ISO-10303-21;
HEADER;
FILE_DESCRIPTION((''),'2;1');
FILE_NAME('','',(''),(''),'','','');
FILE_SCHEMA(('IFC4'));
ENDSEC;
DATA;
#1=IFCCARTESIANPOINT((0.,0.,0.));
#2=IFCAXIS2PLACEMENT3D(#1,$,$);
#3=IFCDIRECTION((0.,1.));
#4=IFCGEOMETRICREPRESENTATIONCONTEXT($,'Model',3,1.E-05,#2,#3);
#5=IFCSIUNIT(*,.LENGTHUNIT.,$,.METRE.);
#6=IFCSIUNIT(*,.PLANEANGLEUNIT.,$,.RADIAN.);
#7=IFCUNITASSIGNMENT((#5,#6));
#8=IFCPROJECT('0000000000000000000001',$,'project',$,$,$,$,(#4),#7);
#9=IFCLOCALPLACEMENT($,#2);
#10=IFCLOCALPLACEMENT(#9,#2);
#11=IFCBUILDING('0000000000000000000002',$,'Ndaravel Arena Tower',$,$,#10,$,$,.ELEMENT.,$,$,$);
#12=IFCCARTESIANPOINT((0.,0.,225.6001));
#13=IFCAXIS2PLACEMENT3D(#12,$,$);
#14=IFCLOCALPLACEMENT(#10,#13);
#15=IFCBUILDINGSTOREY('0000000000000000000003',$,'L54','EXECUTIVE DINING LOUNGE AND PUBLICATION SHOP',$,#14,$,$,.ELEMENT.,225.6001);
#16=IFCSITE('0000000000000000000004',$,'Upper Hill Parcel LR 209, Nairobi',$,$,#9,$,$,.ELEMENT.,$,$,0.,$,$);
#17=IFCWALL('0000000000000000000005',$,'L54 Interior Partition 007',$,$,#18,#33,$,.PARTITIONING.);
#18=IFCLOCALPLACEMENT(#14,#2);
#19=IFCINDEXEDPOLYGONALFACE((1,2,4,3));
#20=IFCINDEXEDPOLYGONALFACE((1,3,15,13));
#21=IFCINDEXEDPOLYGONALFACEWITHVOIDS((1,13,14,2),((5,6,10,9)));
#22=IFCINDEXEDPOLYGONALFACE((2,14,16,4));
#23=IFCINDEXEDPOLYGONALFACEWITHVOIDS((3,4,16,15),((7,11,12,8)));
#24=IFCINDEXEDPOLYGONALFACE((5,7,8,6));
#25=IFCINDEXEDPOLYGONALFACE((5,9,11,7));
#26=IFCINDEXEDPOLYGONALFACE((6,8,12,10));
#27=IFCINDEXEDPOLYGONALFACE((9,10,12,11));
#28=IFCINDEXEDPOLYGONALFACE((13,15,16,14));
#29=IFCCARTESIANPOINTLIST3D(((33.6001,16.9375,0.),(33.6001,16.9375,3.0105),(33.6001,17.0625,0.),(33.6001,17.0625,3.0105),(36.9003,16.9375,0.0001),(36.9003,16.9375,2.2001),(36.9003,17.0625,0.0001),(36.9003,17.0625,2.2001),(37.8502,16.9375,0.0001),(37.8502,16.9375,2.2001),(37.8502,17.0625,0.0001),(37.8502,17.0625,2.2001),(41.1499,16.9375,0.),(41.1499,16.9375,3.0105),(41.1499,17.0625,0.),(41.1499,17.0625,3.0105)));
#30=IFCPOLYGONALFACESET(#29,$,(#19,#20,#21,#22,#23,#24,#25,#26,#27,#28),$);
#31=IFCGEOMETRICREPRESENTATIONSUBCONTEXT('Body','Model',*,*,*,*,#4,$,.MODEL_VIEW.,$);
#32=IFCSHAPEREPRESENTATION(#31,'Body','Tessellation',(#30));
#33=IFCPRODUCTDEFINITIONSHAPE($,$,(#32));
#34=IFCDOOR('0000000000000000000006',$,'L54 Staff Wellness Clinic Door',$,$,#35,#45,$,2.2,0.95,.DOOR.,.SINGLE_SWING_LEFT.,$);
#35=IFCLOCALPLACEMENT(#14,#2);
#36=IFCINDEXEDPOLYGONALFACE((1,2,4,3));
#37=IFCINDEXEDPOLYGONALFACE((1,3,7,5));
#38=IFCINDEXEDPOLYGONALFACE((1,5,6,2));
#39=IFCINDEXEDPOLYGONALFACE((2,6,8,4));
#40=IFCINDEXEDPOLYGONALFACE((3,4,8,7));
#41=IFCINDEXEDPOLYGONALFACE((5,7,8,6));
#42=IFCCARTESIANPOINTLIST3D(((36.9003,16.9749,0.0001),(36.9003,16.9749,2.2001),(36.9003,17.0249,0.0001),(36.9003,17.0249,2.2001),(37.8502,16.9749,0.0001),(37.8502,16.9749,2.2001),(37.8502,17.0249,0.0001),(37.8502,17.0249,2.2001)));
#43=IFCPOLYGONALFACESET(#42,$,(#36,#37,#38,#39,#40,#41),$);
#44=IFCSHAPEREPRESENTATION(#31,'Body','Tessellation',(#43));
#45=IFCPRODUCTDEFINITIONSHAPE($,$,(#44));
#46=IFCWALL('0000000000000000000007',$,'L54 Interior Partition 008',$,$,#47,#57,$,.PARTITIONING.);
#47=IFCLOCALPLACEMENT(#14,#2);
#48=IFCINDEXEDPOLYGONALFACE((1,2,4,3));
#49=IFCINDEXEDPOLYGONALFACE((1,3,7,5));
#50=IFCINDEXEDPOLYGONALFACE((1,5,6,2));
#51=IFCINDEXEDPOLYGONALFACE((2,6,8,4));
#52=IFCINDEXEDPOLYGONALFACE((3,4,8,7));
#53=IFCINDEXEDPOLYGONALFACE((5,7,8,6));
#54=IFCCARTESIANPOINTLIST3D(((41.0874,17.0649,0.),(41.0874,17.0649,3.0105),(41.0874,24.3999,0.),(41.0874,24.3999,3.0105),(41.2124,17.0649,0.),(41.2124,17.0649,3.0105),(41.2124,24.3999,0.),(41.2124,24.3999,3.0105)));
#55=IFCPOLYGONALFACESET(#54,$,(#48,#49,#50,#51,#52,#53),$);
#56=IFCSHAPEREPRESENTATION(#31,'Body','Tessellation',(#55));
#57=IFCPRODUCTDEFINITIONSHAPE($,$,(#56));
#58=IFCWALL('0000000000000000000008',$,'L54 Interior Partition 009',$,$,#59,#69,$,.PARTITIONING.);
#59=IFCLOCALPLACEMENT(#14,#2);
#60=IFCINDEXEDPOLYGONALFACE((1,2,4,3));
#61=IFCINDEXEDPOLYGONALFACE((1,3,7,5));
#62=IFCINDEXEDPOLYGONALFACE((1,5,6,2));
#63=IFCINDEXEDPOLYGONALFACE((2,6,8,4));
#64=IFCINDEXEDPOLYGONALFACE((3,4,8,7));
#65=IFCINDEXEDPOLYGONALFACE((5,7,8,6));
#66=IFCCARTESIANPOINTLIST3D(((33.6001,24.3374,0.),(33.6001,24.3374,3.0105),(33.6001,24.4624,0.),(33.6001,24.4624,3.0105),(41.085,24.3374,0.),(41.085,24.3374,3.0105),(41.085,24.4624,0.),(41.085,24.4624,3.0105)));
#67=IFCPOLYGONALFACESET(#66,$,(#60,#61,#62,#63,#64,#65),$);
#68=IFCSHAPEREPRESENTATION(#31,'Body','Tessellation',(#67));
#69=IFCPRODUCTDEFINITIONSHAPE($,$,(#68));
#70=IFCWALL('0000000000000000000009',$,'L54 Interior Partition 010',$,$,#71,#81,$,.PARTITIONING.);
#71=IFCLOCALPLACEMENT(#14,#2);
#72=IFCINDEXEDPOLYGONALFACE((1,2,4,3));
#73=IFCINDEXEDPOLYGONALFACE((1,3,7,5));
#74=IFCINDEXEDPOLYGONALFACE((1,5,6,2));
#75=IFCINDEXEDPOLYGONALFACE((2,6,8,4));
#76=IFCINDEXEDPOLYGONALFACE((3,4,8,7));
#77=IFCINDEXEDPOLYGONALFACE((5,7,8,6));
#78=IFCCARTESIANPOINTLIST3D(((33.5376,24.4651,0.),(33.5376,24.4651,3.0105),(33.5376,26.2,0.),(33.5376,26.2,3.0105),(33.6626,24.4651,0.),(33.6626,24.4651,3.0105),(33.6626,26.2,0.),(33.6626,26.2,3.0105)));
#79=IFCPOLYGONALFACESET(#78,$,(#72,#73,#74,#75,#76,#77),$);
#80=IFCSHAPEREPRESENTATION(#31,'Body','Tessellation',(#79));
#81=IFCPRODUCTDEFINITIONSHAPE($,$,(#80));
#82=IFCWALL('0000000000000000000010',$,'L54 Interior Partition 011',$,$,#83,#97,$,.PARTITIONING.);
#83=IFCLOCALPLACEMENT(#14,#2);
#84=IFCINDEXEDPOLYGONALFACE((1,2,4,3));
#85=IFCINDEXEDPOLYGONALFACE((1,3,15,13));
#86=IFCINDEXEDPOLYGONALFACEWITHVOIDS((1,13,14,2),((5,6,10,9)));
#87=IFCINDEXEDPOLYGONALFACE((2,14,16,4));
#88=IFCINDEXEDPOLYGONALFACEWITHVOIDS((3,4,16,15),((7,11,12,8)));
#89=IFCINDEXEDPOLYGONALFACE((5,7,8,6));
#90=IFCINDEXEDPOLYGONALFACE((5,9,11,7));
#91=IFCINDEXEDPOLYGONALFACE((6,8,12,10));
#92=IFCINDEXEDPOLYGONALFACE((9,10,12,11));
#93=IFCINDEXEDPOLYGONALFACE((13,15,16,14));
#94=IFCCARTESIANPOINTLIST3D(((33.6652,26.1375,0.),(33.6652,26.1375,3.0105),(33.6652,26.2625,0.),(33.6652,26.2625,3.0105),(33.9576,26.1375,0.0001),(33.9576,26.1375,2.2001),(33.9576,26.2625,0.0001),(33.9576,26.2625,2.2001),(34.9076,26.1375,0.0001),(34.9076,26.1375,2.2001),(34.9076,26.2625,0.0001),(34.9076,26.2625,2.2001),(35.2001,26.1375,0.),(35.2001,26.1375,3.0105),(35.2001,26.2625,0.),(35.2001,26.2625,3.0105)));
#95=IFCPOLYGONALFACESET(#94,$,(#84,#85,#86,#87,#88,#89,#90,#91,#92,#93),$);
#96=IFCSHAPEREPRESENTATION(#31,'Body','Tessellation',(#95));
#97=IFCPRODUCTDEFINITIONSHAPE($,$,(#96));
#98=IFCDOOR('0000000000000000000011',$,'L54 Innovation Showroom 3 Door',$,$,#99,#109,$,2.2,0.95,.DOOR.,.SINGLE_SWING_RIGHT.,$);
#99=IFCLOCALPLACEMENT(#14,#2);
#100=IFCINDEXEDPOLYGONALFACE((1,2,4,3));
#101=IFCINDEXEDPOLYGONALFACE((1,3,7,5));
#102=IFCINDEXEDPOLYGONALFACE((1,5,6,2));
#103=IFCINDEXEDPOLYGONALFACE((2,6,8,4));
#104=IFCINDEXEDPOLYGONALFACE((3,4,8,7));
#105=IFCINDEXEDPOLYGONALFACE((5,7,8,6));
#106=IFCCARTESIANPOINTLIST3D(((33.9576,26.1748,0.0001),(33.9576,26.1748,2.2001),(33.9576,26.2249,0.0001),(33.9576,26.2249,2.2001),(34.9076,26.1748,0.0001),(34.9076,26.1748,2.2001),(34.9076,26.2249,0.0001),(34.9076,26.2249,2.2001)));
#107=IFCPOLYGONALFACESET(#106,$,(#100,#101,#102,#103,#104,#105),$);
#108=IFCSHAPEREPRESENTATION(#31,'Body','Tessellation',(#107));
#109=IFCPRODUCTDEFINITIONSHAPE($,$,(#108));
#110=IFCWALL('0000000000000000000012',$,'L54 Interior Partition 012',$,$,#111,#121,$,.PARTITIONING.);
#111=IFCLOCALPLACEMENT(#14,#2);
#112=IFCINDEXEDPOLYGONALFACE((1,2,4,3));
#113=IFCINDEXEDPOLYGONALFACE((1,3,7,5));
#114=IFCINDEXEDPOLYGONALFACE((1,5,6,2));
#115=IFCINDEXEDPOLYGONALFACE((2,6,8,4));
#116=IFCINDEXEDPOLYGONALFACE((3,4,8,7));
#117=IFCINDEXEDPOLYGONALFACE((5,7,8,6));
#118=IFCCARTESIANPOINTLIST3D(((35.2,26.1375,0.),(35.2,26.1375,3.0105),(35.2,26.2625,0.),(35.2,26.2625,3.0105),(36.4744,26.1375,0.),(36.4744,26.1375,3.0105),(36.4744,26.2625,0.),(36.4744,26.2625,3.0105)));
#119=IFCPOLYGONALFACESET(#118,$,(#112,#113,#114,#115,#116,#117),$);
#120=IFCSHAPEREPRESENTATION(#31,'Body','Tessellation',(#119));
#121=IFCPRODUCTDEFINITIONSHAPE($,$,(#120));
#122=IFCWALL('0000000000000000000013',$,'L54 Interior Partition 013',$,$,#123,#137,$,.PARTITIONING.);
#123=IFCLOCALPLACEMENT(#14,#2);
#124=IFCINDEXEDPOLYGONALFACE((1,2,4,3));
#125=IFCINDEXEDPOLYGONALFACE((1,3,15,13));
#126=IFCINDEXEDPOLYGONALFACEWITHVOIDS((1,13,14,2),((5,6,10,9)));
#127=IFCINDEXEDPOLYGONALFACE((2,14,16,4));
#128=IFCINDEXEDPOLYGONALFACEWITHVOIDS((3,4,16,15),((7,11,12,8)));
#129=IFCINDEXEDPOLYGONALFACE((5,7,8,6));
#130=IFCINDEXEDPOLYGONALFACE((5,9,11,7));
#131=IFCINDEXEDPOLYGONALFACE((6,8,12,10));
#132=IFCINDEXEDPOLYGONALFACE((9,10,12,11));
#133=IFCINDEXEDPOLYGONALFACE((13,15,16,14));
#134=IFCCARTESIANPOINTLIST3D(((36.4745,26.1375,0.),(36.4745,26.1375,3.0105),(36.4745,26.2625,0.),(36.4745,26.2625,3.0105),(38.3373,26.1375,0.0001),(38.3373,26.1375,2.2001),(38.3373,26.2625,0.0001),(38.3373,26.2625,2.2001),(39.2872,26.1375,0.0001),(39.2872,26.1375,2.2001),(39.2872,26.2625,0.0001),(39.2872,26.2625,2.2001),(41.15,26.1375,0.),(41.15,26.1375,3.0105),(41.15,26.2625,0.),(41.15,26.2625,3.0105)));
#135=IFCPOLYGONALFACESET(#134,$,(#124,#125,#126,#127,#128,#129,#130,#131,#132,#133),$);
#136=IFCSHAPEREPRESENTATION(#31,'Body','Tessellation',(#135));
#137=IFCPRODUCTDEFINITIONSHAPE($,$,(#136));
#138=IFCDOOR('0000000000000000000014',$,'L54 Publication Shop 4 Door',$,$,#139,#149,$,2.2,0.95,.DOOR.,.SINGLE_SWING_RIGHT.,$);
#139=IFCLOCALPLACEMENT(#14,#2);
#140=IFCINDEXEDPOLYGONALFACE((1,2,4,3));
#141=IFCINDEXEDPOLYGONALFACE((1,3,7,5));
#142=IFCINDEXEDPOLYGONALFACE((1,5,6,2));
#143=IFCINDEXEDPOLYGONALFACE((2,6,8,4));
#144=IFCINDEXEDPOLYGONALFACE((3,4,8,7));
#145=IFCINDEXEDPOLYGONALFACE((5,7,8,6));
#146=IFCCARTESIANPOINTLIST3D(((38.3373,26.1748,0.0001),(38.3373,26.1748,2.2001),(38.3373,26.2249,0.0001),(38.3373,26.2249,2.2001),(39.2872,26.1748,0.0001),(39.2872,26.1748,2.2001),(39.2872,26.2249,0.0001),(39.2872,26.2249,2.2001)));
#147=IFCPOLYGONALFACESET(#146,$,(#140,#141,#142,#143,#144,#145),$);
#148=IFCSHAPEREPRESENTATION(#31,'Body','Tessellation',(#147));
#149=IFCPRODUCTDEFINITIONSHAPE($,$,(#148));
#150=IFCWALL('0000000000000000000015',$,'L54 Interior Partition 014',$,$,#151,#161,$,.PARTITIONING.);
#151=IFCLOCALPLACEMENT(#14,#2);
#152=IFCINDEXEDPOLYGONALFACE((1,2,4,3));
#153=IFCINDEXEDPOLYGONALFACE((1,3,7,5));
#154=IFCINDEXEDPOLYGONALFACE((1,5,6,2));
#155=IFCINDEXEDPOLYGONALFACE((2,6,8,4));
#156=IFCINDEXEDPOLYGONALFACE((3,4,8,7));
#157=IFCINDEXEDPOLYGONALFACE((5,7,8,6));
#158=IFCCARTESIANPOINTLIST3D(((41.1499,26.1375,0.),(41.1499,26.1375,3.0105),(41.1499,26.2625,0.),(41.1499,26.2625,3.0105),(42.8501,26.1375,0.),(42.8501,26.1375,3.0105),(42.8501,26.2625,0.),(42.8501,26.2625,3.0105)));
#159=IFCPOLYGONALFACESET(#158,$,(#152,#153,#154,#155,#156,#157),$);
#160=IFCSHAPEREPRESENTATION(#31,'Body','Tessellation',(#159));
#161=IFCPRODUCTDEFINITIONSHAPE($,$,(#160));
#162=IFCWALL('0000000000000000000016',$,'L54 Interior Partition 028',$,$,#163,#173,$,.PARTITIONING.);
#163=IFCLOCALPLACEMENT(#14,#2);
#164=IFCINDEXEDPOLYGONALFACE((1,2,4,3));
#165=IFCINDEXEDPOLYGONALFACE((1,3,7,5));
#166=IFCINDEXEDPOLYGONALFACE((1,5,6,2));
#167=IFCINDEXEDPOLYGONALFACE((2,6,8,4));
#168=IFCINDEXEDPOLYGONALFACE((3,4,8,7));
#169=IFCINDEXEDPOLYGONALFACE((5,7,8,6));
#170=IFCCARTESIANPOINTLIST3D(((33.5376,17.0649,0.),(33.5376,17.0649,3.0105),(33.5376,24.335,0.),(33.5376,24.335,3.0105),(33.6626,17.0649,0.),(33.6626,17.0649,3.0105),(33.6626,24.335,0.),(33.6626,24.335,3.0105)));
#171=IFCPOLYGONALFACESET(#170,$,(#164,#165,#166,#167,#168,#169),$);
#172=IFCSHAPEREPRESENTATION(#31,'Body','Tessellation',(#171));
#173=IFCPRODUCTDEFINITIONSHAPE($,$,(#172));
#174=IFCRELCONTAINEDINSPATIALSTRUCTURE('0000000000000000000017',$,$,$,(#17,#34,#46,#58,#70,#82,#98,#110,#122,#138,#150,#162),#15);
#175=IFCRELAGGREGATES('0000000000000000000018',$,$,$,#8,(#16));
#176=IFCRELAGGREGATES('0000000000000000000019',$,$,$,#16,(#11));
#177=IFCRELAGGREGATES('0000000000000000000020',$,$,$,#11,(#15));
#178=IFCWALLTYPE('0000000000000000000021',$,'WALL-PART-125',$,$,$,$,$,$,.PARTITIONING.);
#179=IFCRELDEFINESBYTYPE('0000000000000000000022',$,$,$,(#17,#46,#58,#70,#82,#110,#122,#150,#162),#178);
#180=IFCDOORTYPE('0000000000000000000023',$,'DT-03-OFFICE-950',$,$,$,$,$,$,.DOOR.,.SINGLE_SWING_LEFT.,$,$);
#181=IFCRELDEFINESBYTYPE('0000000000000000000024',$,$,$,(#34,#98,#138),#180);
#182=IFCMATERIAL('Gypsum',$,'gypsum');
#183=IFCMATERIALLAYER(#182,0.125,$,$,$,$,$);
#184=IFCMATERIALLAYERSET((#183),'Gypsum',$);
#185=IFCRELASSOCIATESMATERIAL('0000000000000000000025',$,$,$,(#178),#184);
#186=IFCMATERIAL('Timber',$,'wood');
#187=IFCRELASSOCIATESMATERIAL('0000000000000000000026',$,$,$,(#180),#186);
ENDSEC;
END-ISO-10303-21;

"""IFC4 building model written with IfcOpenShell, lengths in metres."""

from ifc_helpers import new_model, si_unit, direction, frame, frame_2d, origin, place, context, subcontext, project, spatial, rectangle, extrude, material, layer, layer_set, type_object, element, fill, save


model = new_model("IFC4")

# Units and contexts
model_context = context("Model", 3, precision=1e-05, world=origin(), true_north=direction((0.0, 1.0)))
body_context = subcontext(model_context, "Body", "Model", "MODEL_VIEW")
ifc_project = project(units=[si_unit("LENGTHUNIT", "METRE"), si_unit("PLANEANGLEUNIT", "RADIAN")], contexts=[model_context])

# Site, building, storey
site_placement = place(None, origin())
site = spatial("IfcSite", under=ifc_project, at=site_placement, Name="Upper Hill Parcel LR 209, Nairobi", CompositionType="ELEMENT", RefElevation=0.0)
building_placement = place(site_placement, origin())
building = spatial("IfcBuilding", under=site, at=building_placement, Name="Ndaravel Arena Tower", CompositionType="ELEMENT")
storey_placement = place(building_placement, frame((0.0, 0.0, 225.6001)))
storey = spatial("IfcBuildingStorey", under=building, at=storey_placement, Name="L54", Description="EXECUTIVE DINING LOUNGE AND PUBLICATION SHOP", CompositionType="ELEMENT", Elevation=225.6001)

# Wall, opening, door
ifc_material_1 = material(Name="Gypsum", Category="gypsum")
ifc_layer_1 = layer(ifc_material_1, 0.125)
ifc_layer_set_1 = layer_set([ifc_layer_1], Name="Gypsum")
wall_type_1 = type_object("IfcWallType", Name="WALL-PART-125", PredefinedType="PARTITIONING", material=ifc_layer_set_1)
wall_1_placement = place(storey_placement, frame((33.6001, 17.0, 0.0), z_axis=(0.0, 0.0, 1.0), x_axis=(1.0, 0.0, 0.0)))
wall_1 = element("IfcWall", 1, at=wall_1_placement, inside=storey, type_object=wall_type_1, Name="L54 Interior Partition 007", PredefinedType="PARTITIONING", context=body_context, shape_type="SweptSolid", body=[
    extrude(rectangle(XDim=7.5498, YDim=0.125, at=frame_2d((3.7749, 0.0))), origin(), (0.0, 0.0, 1.0), 3.0105),
])
opening_1_placement = place(wall_1_placement, frame((3.3, 0.0, 0.0)))
opening_1 = element("IfcOpeningElement", 2, at=opening_1_placement, cuts=wall_1, PredefinedType="OPENING", context=body_context, shape_type="SweptSolid", body=[
    extrude(rectangle(XDim=0.95, YDim=2.2, at=frame_2d((0.4751, 1.1001))), frame((0.0, 0.0625, 0.0), z_axis=(0.0, -1.0, 0.0), x_axis=(1.0, 0.0, 0.0)), (0.0, 0.0, 1.0), 0.125),
])
ifc_material_2 = material(Name="Timber", Category="wood")
door_type = type_object("IfcDoorType", Name="DT-03-OFFICE-950", OperationType="SINGLE_SWING_LEFT", PredefinedType="DOOR", material=ifc_material_2)
door_1_placement = place(opening_1_placement, origin())
door_1 = element("IfcDoor", 3, at=door_1_placement, inside=storey, type_object=door_type, Name="L54 Staff Wellness Clinic Door", OperationType="SINGLE_SWING_LEFT", OverallHeight=2.2, OverallWidth=0.95, PredefinedType="DOOR", context=body_context, shape_type="SweptSolid", body=[
    extrude(rectangle(XDim=0.95, YDim=2.2, at=frame_2d((0.4751, 1.1001))), frame((0.0, 0.0249, 0.0), z_axis=(0.0, -1.0, 0.0), x_axis=(1.0, 0.0, 0.0)), (0.0, 0.0, 1.0), 0.05),
])
fill(opening_1, door_1)

# Walls
wall_2_placement = place(storey_placement, frame((41.1499, 17.0649, 0.0), z_axis=(0.0, 0.0, 1.0), x_axis=(0.0, 1.0, 0.0)))
element("IfcWall", 4, at=wall_2_placement, inside=storey, type_object=wall_type_1, Name="L54 Interior Partition 008", PredefinedType="PARTITIONING", context=body_context, shape_type="SweptSolid", body=[
    extrude(rectangle(XDim=7.335, YDim=0.125, at=frame_2d((3.6675, 0.0))), origin(), (0.0, 0.0, 1.0), 3.0105),
])
wall_3_placement = place(storey_placement, frame((41.085, 24.3999, 0.0), z_axis=(0.0, 0.0, 1.0), x_axis=(-1.0, 0.0, 0.0)))
element("IfcWall", 5, at=wall_3_placement, inside=storey, type_object=wall_type_1, Name="L54 Interior Partition 009", PredefinedType="PARTITIONING", context=body_context, shape_type="SweptSolid", body=[
    extrude(rectangle(XDim=7.4849, YDim=0.125, at=frame_2d((3.7424, 0.0))), origin(), (0.0, 0.0, 1.0), 3.0105),
])
wall_4_placement = place(storey_placement, frame((33.6001, 24.4651, 0.0), z_axis=(0.0, 0.0, 1.0), x_axis=(0.0, 1.0, 0.0)))
element("IfcWall", 6, at=wall_4_placement, inside=storey, type_object=wall_type_1, Name="L54 Interior Partition 010", PredefinedType="PARTITIONING", context=body_context, shape_type="SweptSolid", body=[
    extrude(rectangle(XDim=1.7349, YDim=0.125, at=frame_2d((0.8674, 0.0))), origin(), (0.0, 0.0, 1.0), 3.0105),
])

# Wall, opening, door
wall_5_placement = place(storey_placement, frame((33.665, 26.2, 0.0), z_axis=(0.0, 0.0, 1.0), x_axis=(1.0, 0.0, 0.0)))
wall_5 = element("IfcWall", 7, at=wall_5_placement, inside=storey, type_object=wall_type_1, Name="L54 Interior Partition 011", PredefinedType="PARTITIONING", context=body_context, shape_type="SweptSolid", body=[
    extrude(rectangle(XDim=1.5349, YDim=0.125, at=frame_2d((0.7676, 0.0))), origin(), (0.0, 0.0, 1.0), 3.0105),
])
opening_2_placement = place(wall_5_placement, frame((0.2925, 0.0, 0.0)))
opening_2 = element("IfcOpeningElement", 8, at=opening_2_placement, cuts=wall_5, PredefinedType="OPENING", context=body_context, shape_type="SweptSolid", body=[
    extrude(rectangle(XDim=0.95, YDim=2.2, at=frame_2d((0.4751, 1.1001))), frame((0.0, 0.0625, 0.0), z_axis=(0.0, -1.0, 0.0), x_axis=(1.0, 0.0, 0.0)), (0.0, 0.0, 1.0), 0.125),
])
door_2_placement = place(opening_2_placement, origin())
door_2 = element("IfcDoor", 9, at=door_2_placement, inside=storey, type_object=door_type, Name="L54 Innovation Showroom 3 Door", OperationType="SINGLE_SWING_RIGHT", OverallHeight=2.2, OverallWidth=0.95, PredefinedType="DOOR", context=body_context, shape_type="SweptSolid", body=[
    extrude(rectangle(XDim=0.95, YDim=2.2, at=frame_2d((0.4751, 1.1001))), frame((0.0, 0.0249, 0.0), z_axis=(0.0, -1.0, 0.0), x_axis=(1.0, 0.0, 0.0)), (0.0, 0.0, 1.0), 0.05),
])
fill(opening_2, door_2)

# Wall
wall_6_placement = place(storey_placement, frame((35.2, 26.2, 0.0), z_axis=(0.0, 0.0, 1.0), x_axis=(1.0, 0.0, 0.0)))
element("IfcWall", 10, at=wall_6_placement, inside=storey, type_object=wall_type_1, Name="L54 Interior Partition 012", PredefinedType="PARTITIONING", context=body_context, shape_type="SweptSolid", body=[
    extrude(rectangle(XDim=1.2744, YDim=0.125, at=frame_2d((0.6372, 0.0))), origin(), (0.0, 0.0, 1.0), 3.0105),
])

# Wall, opening, door
wall_7_placement = place(storey_placement, frame((36.4744, 26.2, 0.0), z_axis=(0.0, 0.0, 1.0), x_axis=(1.0, 0.0, 0.0)))
wall_7 = element("IfcWall", 11, at=wall_7_placement, inside=storey, type_object=wall_type_1, Name="L54 Interior Partition 013", PredefinedType="PARTITIONING", context=body_context, shape_type="SweptSolid", body=[
    extrude(rectangle(XDim=4.6755, YDim=0.125, at=frame_2d((2.3379, 0.0))), origin(), (0.0, 0.0, 1.0), 3.0105),
])
opening_3_placement = place(wall_7_placement, frame((1.8628, 0.0, 0.0)))
opening_3 = element("IfcOpeningElement", 12, at=opening_3_placement, cuts=wall_7, PredefinedType="OPENING", context=body_context, shape_type="SweptSolid", body=[
    extrude(rectangle(XDim=0.95, YDim=2.2, at=frame_2d((0.4751, 1.1001))), frame((0.0, 0.0625, 0.0), z_axis=(0.0, -1.0, 0.0), x_axis=(1.0, 0.0, 0.0)), (0.0, 0.0, 1.0), 0.125),
])
door_3_placement = place(opening_3_placement, origin())
door_3 = element("IfcDoor", 13, at=door_3_placement, inside=storey, type_object=door_type, Name="L54 Publication Shop 4 Door", OperationType="SINGLE_SWING_RIGHT", OverallHeight=2.2, OverallWidth=0.95, PredefinedType="DOOR", context=body_context, shape_type="SweptSolid", body=[
    extrude(rectangle(XDim=0.95, YDim=2.2, at=frame_2d((0.4751, 1.1001))), frame((0.0, 0.0249, 0.0), z_axis=(0.0, -1.0, 0.0), x_axis=(1.0, 0.0, 0.0)), (0.0, 0.0, 1.0), 0.05),
])
fill(opening_3, door_3)

# Walls
wall_8_placement = place(storey_placement, frame((41.1499, 26.2, 0.0), z_axis=(0.0, 0.0, 1.0), x_axis=(1.0, 0.0, 0.0)))
element("IfcWall", 14, at=wall_8_placement, inside=storey, type_object=wall_type_1, Name="L54 Interior Partition 014", PredefinedType="PARTITIONING", context=body_context, shape_type="SweptSolid", body=[
    extrude(rectangle(XDim=1.7002, YDim=0.125, at=frame_2d((0.8501, 0.0))), origin(), (0.0, 0.0, 1.0), 3.0105),
])
wall_9_placement = place(storey_placement, frame((33.6001, 17.0649, 0.0), z_axis=(0.0, 0.0, 1.0), x_axis=(0.0, 1.0, 0.0)))
element("IfcWall", 15, at=wall_9_placement, inside=storey, type_object=wall_type_1, Name="L54 Interior Partition 028", PredefinedType="PARTITIONING", context=body_context, shape_type="SweptSolid", body=[
    extrude(rectangle(XDim=7.27, YDim=0.125, at=frame_2d((3.635, 0.0))), origin(), (0.0, 0.0, 1.0), 3.0105),
])

save(model, "model.ifc")
